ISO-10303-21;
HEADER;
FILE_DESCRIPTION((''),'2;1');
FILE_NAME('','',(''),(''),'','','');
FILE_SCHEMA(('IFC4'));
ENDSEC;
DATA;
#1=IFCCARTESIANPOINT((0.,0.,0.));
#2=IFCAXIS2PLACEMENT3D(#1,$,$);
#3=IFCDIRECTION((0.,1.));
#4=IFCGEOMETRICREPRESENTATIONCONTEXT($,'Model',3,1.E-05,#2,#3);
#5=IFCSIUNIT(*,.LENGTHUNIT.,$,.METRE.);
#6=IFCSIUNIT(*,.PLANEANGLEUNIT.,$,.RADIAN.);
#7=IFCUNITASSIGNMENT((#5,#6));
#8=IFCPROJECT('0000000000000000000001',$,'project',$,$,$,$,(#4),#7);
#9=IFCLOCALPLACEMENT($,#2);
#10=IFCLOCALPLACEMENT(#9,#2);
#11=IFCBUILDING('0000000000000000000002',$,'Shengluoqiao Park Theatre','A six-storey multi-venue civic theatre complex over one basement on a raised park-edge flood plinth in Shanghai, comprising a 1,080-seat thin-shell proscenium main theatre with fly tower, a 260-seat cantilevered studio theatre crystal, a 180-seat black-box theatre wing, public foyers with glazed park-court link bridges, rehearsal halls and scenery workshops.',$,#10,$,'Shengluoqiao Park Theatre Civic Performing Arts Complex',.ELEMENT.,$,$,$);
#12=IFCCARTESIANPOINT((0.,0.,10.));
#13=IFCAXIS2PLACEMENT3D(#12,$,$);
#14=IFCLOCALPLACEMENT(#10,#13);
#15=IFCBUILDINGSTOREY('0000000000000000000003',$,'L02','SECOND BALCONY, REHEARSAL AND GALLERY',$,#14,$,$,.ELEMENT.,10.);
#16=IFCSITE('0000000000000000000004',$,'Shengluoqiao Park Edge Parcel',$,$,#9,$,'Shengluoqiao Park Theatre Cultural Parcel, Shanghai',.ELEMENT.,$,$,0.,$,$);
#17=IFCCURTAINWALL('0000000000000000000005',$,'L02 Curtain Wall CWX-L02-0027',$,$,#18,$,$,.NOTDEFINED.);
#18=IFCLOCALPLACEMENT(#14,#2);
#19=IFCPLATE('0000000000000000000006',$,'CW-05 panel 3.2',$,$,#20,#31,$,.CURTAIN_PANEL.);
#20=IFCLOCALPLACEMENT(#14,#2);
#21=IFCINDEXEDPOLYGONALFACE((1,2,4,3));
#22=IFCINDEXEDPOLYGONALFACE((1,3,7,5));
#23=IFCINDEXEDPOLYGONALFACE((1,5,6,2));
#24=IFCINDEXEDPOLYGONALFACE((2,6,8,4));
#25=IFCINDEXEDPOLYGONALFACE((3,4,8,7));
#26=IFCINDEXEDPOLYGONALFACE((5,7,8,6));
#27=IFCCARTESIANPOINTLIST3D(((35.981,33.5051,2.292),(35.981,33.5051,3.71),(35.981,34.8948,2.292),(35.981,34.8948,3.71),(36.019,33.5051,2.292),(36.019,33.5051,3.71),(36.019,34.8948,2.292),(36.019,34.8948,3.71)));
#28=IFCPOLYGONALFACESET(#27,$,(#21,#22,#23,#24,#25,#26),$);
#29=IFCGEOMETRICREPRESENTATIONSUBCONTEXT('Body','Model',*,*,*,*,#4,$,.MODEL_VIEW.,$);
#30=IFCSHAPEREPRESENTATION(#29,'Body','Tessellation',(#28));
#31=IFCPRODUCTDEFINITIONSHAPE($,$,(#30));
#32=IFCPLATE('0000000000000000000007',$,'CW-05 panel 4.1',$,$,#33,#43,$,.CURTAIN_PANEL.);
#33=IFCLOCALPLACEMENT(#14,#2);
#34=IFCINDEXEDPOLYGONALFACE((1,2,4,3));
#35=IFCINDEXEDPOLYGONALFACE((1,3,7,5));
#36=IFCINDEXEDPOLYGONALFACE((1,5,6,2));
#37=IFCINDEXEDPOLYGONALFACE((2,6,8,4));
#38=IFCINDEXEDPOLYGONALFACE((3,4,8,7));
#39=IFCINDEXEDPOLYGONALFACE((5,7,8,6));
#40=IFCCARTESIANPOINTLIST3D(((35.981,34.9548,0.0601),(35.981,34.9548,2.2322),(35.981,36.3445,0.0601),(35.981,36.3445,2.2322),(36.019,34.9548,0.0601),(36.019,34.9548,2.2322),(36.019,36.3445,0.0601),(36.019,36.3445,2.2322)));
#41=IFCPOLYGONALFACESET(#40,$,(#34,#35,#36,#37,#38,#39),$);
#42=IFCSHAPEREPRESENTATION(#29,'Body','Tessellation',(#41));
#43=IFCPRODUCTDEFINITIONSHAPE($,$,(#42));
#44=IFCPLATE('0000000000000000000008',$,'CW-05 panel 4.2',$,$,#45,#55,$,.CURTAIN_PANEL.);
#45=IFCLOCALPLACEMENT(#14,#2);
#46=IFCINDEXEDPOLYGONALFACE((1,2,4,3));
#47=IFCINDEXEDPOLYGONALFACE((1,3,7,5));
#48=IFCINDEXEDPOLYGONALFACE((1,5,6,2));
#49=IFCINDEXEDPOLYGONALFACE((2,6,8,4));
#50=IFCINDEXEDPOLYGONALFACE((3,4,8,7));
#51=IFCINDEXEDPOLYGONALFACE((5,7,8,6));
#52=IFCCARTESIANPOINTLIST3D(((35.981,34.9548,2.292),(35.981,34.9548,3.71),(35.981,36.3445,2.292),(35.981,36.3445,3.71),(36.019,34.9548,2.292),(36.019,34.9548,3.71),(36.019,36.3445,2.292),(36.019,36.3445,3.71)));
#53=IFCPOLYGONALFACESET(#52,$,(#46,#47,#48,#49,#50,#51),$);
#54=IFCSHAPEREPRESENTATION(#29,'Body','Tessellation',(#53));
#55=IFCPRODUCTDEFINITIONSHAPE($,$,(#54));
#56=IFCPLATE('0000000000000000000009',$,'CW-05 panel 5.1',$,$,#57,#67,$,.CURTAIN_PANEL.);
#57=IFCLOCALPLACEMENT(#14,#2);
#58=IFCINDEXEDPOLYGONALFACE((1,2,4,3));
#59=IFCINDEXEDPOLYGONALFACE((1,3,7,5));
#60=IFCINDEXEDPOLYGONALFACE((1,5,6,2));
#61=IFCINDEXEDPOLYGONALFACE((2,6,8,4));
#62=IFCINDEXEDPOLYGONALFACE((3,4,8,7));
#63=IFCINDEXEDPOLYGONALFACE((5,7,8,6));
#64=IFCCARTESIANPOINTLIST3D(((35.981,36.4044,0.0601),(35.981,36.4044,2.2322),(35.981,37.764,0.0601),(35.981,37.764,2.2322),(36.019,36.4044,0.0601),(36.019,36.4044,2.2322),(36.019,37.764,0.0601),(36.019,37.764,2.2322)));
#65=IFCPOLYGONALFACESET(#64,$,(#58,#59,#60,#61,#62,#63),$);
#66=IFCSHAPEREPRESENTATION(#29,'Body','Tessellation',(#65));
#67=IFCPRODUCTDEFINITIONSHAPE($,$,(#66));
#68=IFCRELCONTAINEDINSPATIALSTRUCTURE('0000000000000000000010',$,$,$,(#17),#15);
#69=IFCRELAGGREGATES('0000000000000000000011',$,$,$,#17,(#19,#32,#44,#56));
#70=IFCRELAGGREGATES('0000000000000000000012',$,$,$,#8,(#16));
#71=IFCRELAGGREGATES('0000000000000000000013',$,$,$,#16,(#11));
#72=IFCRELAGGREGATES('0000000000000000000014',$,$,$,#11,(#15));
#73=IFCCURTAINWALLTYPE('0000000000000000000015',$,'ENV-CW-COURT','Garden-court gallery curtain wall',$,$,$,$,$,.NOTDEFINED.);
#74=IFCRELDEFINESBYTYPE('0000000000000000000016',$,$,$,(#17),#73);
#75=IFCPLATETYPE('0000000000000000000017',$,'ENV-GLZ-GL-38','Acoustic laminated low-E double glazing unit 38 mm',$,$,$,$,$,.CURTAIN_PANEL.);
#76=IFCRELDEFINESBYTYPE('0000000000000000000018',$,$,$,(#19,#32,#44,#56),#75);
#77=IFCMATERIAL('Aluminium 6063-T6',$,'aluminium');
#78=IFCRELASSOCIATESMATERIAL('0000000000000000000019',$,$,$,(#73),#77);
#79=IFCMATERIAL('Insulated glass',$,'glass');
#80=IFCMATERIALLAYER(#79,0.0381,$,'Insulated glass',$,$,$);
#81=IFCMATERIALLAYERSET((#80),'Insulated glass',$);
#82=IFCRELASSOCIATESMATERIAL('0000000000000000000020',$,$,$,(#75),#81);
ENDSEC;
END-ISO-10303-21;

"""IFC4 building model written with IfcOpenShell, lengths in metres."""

from ifc_helpers import new_model, si_unit, direction, frame, origin, origin_2d, place, context, subcontext, project, spatial, rectangle, extrude, material, layer, layer_set, type_object, element, aggregate, save


model = new_model("IFC4")

# Units and contexts
model_context = context("Model", 3, precision=1e-05, world=origin(), true_north=direction((0.0, 1.0)))
body_context = subcontext(model_context, "Body", "Model", "MODEL_VIEW")
ifc_project = project(units=[si_unit("LENGTHUNIT", "METRE"), si_unit("PLANEANGLEUNIT", "RADIAN")], contexts=[model_context])

# Site, building, storey
site_placement = place(None, origin())
site = spatial("IfcSite", under=ifc_project, at=site_placement, Name="Shengluoqiao Park Edge Parcel", LongName="Shengluoqiao Park Theatre Cultural Parcel, Shanghai", CompositionType="ELEMENT", RefElevation=0.0)
building_placement = place(site_placement, origin())
building = spatial("IfcBuilding", under=site, at=building_placement, Name="Shengluoqiao Park Theatre", Description="A six-storey multi-venue civic theatre complex over one basement on a raised park-edge flood plinth in Shanghai, comprising a 1,080-seat thin-shell proscenium main theatre with fly tower, a 260-seat cantilevered studio theatre crystal, a 180-seat black-box theatre wing, public foyers with glazed park-court link bridges, rehearsal halls and scenery workshops.", LongName="Shengluoqiao Park Theatre Civic Performing Arts Complex", CompositionType="ELEMENT")
storey_placement = place(building_placement, frame((0.0, 0.0, 10.0)))
storey = spatial("IfcBuildingStorey", under=building, at=storey_placement, Name="L02", Description="SECOND BALCONY, REHEARSAL AND GALLERY", CompositionType="ELEMENT", Elevation=10.0)

# Curtain wall, plates
ifc_material_1 = material(Name="Aluminium 6063-T6", Category="aluminium")
curtain_wall_type = type_object("IfcCurtainWallType", Name="ENV-CW-COURT", Description="Garden-court gallery curtain wall", PredefinedType="NOTDEFINED", material=ifc_material_1)
curtain_wall_placement = place(storey_placement, origin())
curtain_wall = element("IfcCurtainWall", 1, at=curtain_wall_placement, inside=storey, type_object=curtain_wall_type, Name="L02 Curtain Wall CWX-L02-0027", PredefinedType="NOTDEFINED")
ifc_material_2 = material(Name="Insulated glass", Category="glass")
ifc_layer = layer(ifc_material_2, 0.0381, Name="Insulated glass")
ifc_layer_set = layer_set([ifc_layer], Name="Insulated glass")
plate_type = type_object("IfcPlateType", Name="ENV-GLZ-GL-38", Description="Acoustic laminated low-E double glazing unit 38 mm", PredefinedType="CURTAIN_PANEL", material=ifc_layer_set)
plate_1_placement = place(storey_placement, frame((36.0, 34.2, 2.292), z_axis=(0.0, 0.0, 1.0), x_axis=(0.0, 1.0, 0.0)))
plate_1 = element("IfcPlate", 2, at=plate_1_placement, type_object=plate_type, Name="CW-05 panel 3.2", PredefinedType="CURTAIN_PANEL", context=body_context, shape_type="SweptSolid", body=[
    extrude(rectangle(XDim=1.3896, YDim=0.0381, at=origin_2d()), origin(), (0.0, 0.0, 1.0), 1.418),
])
plate_2_placement = place(storey_placement, frame((36.0, 35.6497, 0.0601), z_axis=(0.0, 0.0, 1.0), x_axis=(0.0, 1.0, 0.0)))
plate_2 = element("IfcPlate", 3, at=plate_2_placement, type_object=plate_type, Name="CW-05 panel 4.1", PredefinedType="CURTAIN_PANEL", context=body_context, shape_type="SweptSolid", body=[
    extrude(rectangle(XDim=1.3896, YDim=0.0381, at=origin_2d()), origin(), (0.0, 0.0, 1.0), 2.1721),
])
plate_3_placement = place(storey_placement, frame((36.0, 35.6497, 2.292), z_axis=(0.0, 0.0, 1.0), x_axis=(0.0, 1.0, 0.0)))
plate_3 = element("IfcPlate", 4, at=plate_3_placement, type_object=plate_type, Name="CW-05 panel 4.2", PredefinedType="CURTAIN_PANEL", context=body_context, shape_type="SweptSolid", body=[
    extrude(rectangle(XDim=1.3896, YDim=0.0381, at=origin_2d()), origin(), (0.0, 0.0, 1.0), 1.418),
])
plate_4_placement = place(storey_placement, frame((36.0, 37.0842, 0.0601), z_axis=(0.0, 0.0, 1.0), x_axis=(0.0, 1.0, 0.0)))
plate_4 = element("IfcPlate", 5, at=plate_4_placement, type_object=plate_type, Name="CW-05 panel 5.1", PredefinedType="CURTAIN_PANEL", context=body_context, shape_type="SweptSolid", body=[
    extrude(rectangle(XDim=1.3596, YDim=0.0381, at=origin_2d()), origin(), (0.0, 0.0, 1.0), 2.1721),
])
aggregate(curtain_wall, [plate_1, plate_2, plate_3, plate_4])

save(model, "model.ifc")
